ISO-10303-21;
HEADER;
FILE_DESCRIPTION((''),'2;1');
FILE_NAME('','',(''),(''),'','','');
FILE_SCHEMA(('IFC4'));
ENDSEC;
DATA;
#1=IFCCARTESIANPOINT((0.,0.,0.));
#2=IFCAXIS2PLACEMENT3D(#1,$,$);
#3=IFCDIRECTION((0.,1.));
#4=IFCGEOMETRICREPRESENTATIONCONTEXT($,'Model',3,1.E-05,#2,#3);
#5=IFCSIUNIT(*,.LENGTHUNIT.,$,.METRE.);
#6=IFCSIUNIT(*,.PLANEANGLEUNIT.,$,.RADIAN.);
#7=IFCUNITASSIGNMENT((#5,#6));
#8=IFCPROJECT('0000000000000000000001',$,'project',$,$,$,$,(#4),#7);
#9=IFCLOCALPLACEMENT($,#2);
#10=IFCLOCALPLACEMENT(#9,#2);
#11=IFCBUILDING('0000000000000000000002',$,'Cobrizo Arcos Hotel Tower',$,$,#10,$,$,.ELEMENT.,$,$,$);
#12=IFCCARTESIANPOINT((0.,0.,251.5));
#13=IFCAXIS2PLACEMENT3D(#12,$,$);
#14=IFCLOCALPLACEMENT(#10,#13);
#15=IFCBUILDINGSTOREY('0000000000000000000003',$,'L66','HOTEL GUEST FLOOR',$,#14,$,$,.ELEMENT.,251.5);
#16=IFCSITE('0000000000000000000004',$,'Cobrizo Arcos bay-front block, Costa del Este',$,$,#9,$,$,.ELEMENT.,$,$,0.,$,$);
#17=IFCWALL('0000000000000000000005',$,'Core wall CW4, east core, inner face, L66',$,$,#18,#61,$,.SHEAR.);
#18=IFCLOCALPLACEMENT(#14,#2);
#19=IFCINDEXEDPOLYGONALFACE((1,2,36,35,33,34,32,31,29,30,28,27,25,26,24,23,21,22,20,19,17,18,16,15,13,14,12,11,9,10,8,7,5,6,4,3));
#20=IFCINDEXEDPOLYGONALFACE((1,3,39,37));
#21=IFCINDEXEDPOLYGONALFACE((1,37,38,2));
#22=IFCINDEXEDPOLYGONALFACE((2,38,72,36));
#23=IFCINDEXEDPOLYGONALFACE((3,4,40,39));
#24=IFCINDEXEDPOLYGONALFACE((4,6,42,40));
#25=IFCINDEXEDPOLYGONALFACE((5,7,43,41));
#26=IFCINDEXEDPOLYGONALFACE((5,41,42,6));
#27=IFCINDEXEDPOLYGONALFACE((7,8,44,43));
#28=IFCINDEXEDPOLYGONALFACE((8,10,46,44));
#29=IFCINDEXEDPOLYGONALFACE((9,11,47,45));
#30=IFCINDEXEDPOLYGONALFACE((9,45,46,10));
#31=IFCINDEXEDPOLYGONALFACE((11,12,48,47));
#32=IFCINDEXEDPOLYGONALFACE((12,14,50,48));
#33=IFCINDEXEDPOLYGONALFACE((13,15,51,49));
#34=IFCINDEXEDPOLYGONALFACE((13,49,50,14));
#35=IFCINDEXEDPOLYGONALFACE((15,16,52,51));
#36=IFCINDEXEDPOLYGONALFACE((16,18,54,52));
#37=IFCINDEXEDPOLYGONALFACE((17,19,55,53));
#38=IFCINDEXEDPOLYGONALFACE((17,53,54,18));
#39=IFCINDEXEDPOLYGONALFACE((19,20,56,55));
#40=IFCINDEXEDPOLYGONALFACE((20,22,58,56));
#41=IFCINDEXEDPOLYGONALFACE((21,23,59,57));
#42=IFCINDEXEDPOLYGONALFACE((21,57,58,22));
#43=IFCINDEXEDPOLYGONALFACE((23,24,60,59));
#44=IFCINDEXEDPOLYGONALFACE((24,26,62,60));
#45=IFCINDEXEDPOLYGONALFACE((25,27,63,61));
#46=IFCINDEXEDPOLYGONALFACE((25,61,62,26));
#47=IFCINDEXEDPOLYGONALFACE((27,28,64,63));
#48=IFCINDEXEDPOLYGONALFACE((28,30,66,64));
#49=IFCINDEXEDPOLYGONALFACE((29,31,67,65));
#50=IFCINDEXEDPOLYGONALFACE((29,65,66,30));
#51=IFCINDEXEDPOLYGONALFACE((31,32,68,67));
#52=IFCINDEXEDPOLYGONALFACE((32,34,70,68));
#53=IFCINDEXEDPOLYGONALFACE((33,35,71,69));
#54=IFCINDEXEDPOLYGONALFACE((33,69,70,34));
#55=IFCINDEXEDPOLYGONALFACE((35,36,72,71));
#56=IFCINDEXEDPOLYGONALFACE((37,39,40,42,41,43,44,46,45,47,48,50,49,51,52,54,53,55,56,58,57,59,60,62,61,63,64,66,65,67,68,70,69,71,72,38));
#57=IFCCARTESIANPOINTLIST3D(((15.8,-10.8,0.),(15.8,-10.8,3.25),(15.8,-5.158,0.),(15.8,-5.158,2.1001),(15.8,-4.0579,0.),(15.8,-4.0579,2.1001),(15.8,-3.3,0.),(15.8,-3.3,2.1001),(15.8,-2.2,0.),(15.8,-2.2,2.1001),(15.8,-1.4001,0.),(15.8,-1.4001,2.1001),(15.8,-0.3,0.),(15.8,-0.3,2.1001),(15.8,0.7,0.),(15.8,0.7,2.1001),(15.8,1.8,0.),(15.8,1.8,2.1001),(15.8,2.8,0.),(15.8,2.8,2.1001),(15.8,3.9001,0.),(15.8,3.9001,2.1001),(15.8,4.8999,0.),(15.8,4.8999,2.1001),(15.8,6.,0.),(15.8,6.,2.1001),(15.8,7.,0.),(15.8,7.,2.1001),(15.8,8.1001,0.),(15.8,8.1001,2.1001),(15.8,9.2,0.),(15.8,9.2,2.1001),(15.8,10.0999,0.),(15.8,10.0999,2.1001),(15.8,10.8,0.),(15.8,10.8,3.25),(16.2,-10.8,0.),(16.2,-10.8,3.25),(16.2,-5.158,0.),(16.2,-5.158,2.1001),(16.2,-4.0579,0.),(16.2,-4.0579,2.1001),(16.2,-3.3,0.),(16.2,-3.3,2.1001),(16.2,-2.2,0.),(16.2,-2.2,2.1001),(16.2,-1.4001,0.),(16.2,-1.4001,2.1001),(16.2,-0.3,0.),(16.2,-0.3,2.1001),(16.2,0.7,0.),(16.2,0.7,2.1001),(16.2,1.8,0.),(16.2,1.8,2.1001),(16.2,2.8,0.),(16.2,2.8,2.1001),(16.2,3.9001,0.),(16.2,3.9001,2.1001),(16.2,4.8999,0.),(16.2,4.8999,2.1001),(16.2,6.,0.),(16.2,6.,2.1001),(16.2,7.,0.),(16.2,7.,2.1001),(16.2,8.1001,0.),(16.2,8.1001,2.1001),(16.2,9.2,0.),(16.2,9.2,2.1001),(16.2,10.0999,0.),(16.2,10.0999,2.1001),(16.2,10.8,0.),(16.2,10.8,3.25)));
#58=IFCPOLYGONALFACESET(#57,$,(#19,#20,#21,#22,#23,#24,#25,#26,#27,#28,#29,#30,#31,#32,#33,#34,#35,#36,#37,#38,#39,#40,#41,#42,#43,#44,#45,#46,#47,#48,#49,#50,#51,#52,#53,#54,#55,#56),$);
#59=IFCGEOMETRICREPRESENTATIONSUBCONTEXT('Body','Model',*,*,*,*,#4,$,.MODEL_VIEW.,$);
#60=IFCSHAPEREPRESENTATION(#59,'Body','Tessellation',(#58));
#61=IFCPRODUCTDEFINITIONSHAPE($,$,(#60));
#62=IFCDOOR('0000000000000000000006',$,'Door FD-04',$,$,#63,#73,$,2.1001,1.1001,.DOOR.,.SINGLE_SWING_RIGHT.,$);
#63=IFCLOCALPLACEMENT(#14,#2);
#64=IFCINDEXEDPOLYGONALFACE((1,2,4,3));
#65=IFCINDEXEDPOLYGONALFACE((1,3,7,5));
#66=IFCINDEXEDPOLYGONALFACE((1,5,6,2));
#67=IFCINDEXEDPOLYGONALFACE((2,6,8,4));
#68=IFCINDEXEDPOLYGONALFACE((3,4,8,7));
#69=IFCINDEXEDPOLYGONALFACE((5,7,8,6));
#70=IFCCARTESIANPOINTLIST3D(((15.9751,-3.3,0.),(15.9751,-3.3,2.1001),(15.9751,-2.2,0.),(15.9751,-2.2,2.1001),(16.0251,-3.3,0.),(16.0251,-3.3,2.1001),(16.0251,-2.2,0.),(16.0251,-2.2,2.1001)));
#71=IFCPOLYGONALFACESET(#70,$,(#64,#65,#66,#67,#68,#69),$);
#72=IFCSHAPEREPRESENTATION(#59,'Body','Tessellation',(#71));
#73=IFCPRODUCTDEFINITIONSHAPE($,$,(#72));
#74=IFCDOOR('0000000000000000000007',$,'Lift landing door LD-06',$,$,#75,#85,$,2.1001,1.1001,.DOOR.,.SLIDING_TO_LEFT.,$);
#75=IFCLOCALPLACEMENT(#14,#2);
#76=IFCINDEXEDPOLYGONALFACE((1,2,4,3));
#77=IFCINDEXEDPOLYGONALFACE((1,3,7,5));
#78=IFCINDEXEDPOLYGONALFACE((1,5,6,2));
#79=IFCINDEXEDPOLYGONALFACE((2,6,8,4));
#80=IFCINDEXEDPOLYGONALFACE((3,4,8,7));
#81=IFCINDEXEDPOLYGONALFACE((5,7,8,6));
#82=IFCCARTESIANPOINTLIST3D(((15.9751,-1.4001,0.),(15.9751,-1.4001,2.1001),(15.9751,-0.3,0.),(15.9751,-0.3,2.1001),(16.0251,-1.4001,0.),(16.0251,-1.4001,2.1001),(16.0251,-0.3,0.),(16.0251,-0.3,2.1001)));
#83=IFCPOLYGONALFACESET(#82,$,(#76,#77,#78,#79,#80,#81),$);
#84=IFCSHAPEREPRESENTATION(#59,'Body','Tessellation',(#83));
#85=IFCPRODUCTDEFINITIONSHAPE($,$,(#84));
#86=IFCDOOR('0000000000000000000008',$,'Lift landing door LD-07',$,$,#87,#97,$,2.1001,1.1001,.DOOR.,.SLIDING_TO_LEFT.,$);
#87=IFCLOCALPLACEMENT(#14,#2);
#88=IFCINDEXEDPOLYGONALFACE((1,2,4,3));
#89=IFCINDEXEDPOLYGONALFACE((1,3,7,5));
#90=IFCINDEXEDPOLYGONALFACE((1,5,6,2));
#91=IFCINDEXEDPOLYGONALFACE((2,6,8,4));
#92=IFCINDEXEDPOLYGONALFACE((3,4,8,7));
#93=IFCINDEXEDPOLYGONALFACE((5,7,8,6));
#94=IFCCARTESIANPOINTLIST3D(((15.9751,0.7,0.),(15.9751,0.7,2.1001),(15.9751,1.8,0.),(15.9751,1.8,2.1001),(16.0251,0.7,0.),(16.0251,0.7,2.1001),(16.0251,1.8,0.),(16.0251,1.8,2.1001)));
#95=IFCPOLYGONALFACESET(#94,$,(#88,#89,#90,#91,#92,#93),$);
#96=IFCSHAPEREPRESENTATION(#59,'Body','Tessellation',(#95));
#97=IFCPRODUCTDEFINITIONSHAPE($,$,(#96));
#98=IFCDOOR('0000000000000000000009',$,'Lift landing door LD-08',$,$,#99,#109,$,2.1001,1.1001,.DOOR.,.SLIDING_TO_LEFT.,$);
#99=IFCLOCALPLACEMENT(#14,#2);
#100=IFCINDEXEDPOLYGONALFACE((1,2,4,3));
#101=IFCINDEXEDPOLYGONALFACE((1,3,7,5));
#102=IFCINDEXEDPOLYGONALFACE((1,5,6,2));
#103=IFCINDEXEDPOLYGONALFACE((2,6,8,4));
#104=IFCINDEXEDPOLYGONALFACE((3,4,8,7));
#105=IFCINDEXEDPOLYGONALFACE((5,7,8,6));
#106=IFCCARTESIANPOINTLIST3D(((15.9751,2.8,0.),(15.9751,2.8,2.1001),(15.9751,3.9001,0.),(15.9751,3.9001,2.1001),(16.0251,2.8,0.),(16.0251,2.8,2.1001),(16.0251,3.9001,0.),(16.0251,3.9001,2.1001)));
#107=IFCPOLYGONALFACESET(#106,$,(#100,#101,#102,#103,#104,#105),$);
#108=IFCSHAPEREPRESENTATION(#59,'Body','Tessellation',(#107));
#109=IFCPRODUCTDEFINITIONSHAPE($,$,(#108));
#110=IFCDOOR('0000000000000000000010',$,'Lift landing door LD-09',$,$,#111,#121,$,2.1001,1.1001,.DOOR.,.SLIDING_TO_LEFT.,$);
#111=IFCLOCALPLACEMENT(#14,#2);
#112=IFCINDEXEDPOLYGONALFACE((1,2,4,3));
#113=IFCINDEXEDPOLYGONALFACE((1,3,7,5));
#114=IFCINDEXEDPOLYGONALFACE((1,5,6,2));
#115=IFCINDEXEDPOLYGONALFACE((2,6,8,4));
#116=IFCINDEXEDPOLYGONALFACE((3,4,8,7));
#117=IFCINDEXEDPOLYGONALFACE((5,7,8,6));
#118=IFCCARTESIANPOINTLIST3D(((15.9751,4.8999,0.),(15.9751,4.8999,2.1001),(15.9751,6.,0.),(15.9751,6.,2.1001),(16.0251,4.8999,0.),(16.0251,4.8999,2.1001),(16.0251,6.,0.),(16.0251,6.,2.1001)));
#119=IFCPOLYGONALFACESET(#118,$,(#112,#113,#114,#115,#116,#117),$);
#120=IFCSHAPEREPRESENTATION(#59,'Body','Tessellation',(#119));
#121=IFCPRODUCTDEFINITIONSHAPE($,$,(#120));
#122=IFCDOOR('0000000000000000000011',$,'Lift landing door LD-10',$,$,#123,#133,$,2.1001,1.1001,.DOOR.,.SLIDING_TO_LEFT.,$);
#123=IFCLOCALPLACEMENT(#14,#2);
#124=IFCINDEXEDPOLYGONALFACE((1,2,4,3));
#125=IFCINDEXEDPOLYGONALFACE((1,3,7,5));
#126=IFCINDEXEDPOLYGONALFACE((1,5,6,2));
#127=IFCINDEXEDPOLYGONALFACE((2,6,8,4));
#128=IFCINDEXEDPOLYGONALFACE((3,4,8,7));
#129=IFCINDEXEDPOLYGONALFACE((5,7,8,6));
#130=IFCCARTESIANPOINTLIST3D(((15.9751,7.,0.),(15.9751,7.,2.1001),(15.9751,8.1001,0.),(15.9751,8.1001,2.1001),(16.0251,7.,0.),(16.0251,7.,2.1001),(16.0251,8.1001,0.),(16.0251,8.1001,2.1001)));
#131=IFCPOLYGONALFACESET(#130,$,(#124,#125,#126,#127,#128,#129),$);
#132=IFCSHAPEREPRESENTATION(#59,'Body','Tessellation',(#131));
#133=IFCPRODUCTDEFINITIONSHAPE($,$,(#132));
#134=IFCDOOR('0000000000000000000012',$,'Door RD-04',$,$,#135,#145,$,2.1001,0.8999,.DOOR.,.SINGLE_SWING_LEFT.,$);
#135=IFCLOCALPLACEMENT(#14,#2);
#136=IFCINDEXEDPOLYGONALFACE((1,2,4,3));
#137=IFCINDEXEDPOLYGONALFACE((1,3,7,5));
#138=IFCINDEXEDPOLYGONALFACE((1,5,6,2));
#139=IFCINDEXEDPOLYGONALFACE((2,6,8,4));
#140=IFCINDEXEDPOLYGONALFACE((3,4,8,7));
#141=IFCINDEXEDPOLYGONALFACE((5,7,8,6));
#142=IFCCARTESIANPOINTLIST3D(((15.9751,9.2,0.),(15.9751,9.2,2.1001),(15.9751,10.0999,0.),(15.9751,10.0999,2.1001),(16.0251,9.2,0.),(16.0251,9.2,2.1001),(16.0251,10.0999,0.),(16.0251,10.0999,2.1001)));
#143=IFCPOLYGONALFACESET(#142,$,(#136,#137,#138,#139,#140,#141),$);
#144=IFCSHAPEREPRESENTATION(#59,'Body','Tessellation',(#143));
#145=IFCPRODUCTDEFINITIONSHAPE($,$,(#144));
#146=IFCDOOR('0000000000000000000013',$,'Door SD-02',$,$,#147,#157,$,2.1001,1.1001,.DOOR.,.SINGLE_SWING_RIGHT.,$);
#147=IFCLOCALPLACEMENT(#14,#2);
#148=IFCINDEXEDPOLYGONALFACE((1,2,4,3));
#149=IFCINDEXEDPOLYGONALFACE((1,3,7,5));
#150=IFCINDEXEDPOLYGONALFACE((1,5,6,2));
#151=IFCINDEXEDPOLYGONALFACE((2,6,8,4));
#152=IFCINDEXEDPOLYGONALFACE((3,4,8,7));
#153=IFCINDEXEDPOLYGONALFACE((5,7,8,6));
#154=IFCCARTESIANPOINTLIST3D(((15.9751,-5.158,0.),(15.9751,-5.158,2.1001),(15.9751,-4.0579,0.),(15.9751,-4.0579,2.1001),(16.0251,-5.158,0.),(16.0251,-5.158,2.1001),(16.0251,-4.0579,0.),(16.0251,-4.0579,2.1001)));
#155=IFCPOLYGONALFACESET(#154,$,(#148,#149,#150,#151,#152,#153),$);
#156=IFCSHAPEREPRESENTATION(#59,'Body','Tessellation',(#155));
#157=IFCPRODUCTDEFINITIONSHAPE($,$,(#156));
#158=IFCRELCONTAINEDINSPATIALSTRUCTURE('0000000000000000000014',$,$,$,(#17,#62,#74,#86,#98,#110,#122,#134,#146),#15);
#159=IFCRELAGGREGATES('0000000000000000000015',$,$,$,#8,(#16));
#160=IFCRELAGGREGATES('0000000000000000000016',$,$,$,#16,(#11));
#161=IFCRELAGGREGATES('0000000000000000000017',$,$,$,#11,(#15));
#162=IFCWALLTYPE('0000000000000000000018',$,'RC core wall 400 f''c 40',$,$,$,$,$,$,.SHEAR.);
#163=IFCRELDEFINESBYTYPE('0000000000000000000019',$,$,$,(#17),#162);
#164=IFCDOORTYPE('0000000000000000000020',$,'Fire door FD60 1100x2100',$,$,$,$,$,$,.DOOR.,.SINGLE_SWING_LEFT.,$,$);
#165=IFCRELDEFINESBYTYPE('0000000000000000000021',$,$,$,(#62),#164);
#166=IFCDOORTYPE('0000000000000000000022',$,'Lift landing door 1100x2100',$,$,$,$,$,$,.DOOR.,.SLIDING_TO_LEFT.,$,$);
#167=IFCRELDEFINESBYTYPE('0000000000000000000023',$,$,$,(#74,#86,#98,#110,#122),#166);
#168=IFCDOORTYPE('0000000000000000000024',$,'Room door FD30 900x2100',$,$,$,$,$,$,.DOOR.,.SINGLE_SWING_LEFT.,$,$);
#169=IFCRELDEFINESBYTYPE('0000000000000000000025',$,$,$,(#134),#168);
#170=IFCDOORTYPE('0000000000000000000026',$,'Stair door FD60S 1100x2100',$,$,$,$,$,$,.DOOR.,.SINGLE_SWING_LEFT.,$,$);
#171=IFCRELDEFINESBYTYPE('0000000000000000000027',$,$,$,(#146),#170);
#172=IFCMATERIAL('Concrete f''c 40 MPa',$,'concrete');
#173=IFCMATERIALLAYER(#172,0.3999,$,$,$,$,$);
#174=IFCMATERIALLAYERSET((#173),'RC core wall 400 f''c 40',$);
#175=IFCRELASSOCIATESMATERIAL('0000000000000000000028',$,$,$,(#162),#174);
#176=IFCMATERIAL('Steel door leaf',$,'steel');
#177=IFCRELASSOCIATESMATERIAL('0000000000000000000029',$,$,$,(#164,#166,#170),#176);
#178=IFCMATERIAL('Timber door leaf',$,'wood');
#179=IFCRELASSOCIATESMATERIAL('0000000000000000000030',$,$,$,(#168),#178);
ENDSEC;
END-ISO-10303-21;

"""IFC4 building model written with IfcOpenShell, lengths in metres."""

from ifc_helpers import new_model, si_unit, direction, frame, frame_2d, origin, place, context, subcontext, project, spatial, rectangle, extrude, material, layer, layer_set, type_object, element, fill, save


model = new_model("IFC4")

# Units and contexts
model_context = context("Model", 3, precision=1e-05, world=origin(), true_north=direction((0.0, 1.0)))
body_context = subcontext(model_context, "Body", "Model", "MODEL_VIEW")
ifc_project = project(units=[si_unit("LENGTHUNIT", "METRE"), si_unit("PLANEANGLEUNIT", "RADIAN")], contexts=[model_context])

# Site, building, storey
site_placement = place(None, origin())
site = spatial("IfcSite", under=ifc_project, at=site_placement, Name="Cobrizo Arcos bay-front block, Costa del Este", CompositionType="ELEMENT", RefElevation=0.0)
building_placement = place(site_placement, origin())
building = spatial("IfcBuilding", under=site, at=building_placement, Name="Cobrizo Arcos Hotel Tower", CompositionType="ELEMENT")
storey_placement = place(building_placement, frame((0.0, 0.0, 251.5)))
storey = spatial("IfcBuildingStorey", under=building, at=storey_placement, Name="L66", Description="HOTEL GUEST FLOOR", CompositionType="ELEMENT", Elevation=251.5)

# Wall, openings, doors
ifc_material_1 = material(Name="Concrete f'c 40 MPa", Category="concrete")
ifc_layer_1 = layer(ifc_material_1, 0.3999)
ifc_layer_set_1 = layer_set([ifc_layer_1], Name="RC core wall 400 f'c 40")
wall_type_1 = type_object("IfcWallType", Name="RC core wall 400 f'c 40", PredefinedType="SHEAR", material=ifc_layer_set_1)
wall_1_placement = place(storey_placement, frame((16.0, -10.8, 0.0), z_axis=(0.0, 0.0, 1.0), x_axis=(0.0, 1.0, 0.0)))
wall_1 = element("IfcWall", 1, at=wall_1_placement, inside=storey, type_object=wall_type_1, Name="Core wall CW4, east core, inner face, L66", PredefinedType="SHEAR", context=body_context, shape_type="SweptSolid", body=[
    extrude(rectangle(XDim=21.6001, YDim=0.3999, at=frame_2d((10.8, 0.0))), origin(), (0.0, 0.0, 1.0), 3.25),
])
opening_1_placement = place(wall_1_placement, frame((9.3999, 0.0, 0.0)))
opening_1 = element("IfcOpeningElement", 2, at=opening_1_placement, cuts=wall_1, PredefinedType="OPENING", context=body_context, shape_type="SweptSolid", body=[
    extrude(rectangle(XDim=1.1001, YDim=2.1001, at=frame_2d((0.55, 1.05))), frame((0.0, 0.2119, 0.0), z_axis=(0.0, -1.0, 0.0), x_axis=(1.0, 0.0, 0.0)), (0.0, 0.0, 1.0), 0.4238),
])
opening_2_placement = place(wall_1_placement, frame((11.5, 0.0, 0.0)))
opening_2 = element("IfcOpeningElement", 3, at=opening_2_placement, cuts=wall_1, PredefinedType="OPENING", context=body_context, shape_type="SweptSolid", body=[
    extrude(rectangle(XDim=1.1001, YDim=2.1001, at=frame_2d((0.55, 1.05))), frame((0.0, 0.2119, 0.0), z_axis=(0.0, -1.0, 0.0), x_axis=(1.0, 0.0, 0.0)), (0.0, 0.0, 1.0), 0.4238),
])
opening_3_placement = place(wall_1_placement, frame((13.6001, 0.0, 0.0)))
opening_3 = element("IfcOpeningElement", 4, at=opening_3_placement, cuts=wall_1, PredefinedType="OPENING", context=body_context, shape_type="SweptSolid", body=[
    extrude(rectangle(XDim=1.1001, YDim=2.1001, at=frame_2d((0.55, 1.05))), frame((0.0, 0.2119, 0.0), z_axis=(0.0, -1.0, 0.0), x_axis=(1.0, 0.0, 0.0)), (0.0, 0.0, 1.0), 0.4238),
])
opening_4_placement = place(wall_1_placement, frame((15.7, 0.0, 0.0)))
opening_4 = element("IfcOpeningElement", 5, at=opening_4_placement, cuts=wall_1, PredefinedType="OPENING", context=body_context, shape_type="SweptSolid", body=[
    extrude(rectangle(XDim=1.1001, YDim=2.1001, at=frame_2d((0.55, 1.05))), frame((0.0, 0.2119, 0.0), z_axis=(0.0, -1.0, 0.0), x_axis=(1.0, 0.0, 0.0)), (0.0, 0.0, 1.0), 0.4238),
])
opening_5_placement = place(wall_1_placement, frame((17.8, 0.0, 0.0)))
opening_5 = element("IfcOpeningElement", 6, at=opening_5_placement, cuts=wall_1, PredefinedType="OPENING", context=body_context, shape_type="SweptSolid", body=[
    extrude(rectangle(XDim=1.1001, YDim=2.1001, at=frame_2d((0.55, 1.05))), frame((0.0, 0.2119, 0.0), z_axis=(0.0, -1.0, 0.0), x_axis=(1.0, 0.0, 0.0)), (0.0, 0.0, 1.0), 0.4238),
])
opening_6_placement = place(wall_1_placement, frame((5.6421, 0.0, 0.0)))
opening_6 = element("IfcOpeningElement", 7, at=opening_6_placement, cuts=wall_1, PredefinedType="OPENING", context=body_context, shape_type="SweptSolid", body=[
    extrude(rectangle(XDim=1.1001, YDim=2.1001, at=frame_2d((0.55, 1.05))), frame((0.0, 0.2119, 0.0), z_axis=(0.0, -1.0, 0.0), x_axis=(1.0, 0.0, 0.0)), (0.0, 0.0, 1.0), 0.4238),
])
opening_7_placement = place(wall_1_placement, frame((7.5, 0.0, 0.0)))
opening_7 = element("IfcOpeningElement", 8, at=opening_7_placement, cuts=wall_1, PredefinedType="OPENING", context=body_context, shape_type="SweptSolid", body=[
    extrude(rectangle(XDim=1.1001, YDim=2.1001, at=frame_2d((0.55, 1.05))), frame((0.0, 0.2119, 0.0), z_axis=(0.0, -1.0, 0.0), x_axis=(1.0, 0.0, 0.0)), (0.0, 0.0, 1.0), 0.4238),
])
opening_8_placement = place(wall_1_placement, frame((20.0, 0.0, 0.0)))
opening_8 = element("IfcOpeningElement", 9, at=opening_8_placement, cuts=wall_1, PredefinedType="OPENING", context=body_context, shape_type="SweptSolid", body=[
    extrude(rectangle(XDim=0.8999, YDim=2.1001, at=frame_2d((0.45, 1.05))), frame((0.0, 0.2119, 0.0), z_axis=(0.0, -1.0, 0.0), x_axis=(1.0, 0.0, 0.0)), (0.0, 0.0, 1.0), 0.4238),
])
ifc_material_2 = material(Name="Steel door leaf", Category="steel")
door_type_1 = type_object("IfcDoorType", Name="Fire door FD60 1100x2100", OperationType="SINGLE_SWING_LEFT", PredefinedType="DOOR", material=ifc_material_2)
door_1_placement = place(opening_7_placement, origin())
door_1 = element("IfcDoor", 10, at=door_1_placement, inside=storey, type_object=door_type_1, Name="Door FD-04", OperationType="SINGLE_SWING_RIGHT", OverallHeight=2.1001, OverallWidth=1.1001, PredefinedType="DOOR", context=body_context, shape_type="SweptSolid", body=[
    extrude(rectangle(XDim=1.1001, YDim=2.1001, at=frame_2d((0.55, 1.05))), frame((0.0, 0.0249, 0.0), z_axis=(0.0, -1.0, 0.0), x_axis=(1.0, 0.0, 0.0)), (0.0, 0.0, 1.0), 0.05),
])
fill(opening_7, door_1)
door_type_2 = type_object("IfcDoorType", Name="Lift landing door 1100x2100", OperationType="SLIDING_TO_LEFT", PredefinedType="DOOR", material=ifc_material_2)
door_2_placement = place(opening_1_placement, origin())
door_2 = element("IfcDoor", 11, at=door_2_placement, inside=storey, type_object=door_type_2, Name="Lift landing door LD-06", OperationType="SLIDING_TO_LEFT", OverallHeight=2.1001, OverallWidth=1.1001, PredefinedType="DOOR", context=body_context, shape_type="SweptSolid", body=[
    extrude(rectangle(XDim=1.1001, YDim=2.1001, at=frame_2d((0.55, 1.05))), frame((0.0, 0.0249, 0.0), z_axis=(0.0, -1.0, 0.0), x_axis=(1.0, 0.0, 0.0)), (0.0, 0.0, 1.0), 0.05),
])
fill(opening_1, door_2)
door_3_placement = place(opening_2_placement, origin())
door_3 = element("IfcDoor", 12, at=door_3_placement, inside=storey, type_object=door_type_2, Name="Lift landing door LD-07", OperationType="SLIDING_TO_LEFT", OverallHeight=2.1001, OverallWidth=1.1001, PredefinedType="DOOR", context=body_context, shape_type="SweptSolid", body=[
    extrude(rectangle(XDim=1.1001, YDim=2.1001, at=frame_2d((0.55, 1.05))), frame((0.0, 0.0249, 0.0), z_axis=(0.0, -1.0, 0.0), x_axis=(1.0, 0.0, 0.0)), (0.0, 0.0, 1.0), 0.05),
])
fill(opening_2, door_3)
door_4_placement = place(opening_3_placement, origin())
door_4 = element("IfcDoor", 13, at=door_4_placement, inside=storey, type_object=door_type_2, Name="Lift landing door LD-08", OperationType="SLIDING_TO_LEFT", OverallHeight=2.1001, OverallWidth=1.1001, PredefinedType="DOOR", context=body_context, shape_type="SweptSolid", body=[
    extrude(rectangle(XDim=1.1001, YDim=2.1001, at=frame_2d((0.55, 1.05))), frame((0.0, 0.0249, 0.0), z_axis=(0.0, -1.0, 0.0), x_axis=(1.0, 0.0, 0.0)), (0.0, 0.0, 1.0), 0.05),
])
fill(opening_3, door_4)
door_5_placement = place(opening_4_placement, origin())
door_5 = element("IfcDoor", 14, at=door_5_placement, inside=storey, type_object=door_type_2, Name="Lift landing door LD-09", OperationType="SLIDING_TO_LEFT", OverallHeight=2.1001, OverallWidth=1.1001, PredefinedType="DOOR", context=body_context, shape_type="SweptSolid", body=[
    extrude(rectangle(XDim=1.1001, YDim=2.1001, at=frame_2d((0.55, 1.05))), frame((0.0, 0.0249, 0.0), z_axis=(0.0, -1.0, 0.0), x_axis=(1.0, 0.0, 0.0)), (0.0, 0.0, 1.0), 0.05),
])
fill(opening_4, door_5)
door_6_placement = place(opening_5_placement, origin())
door_6 = element("IfcDoor", 15, at=door_6_placement, inside=storey, type_object=door_type_2, Name="Lift landing door LD-10", OperationType="SLIDING_TO_LEFT", OverallHeight=2.1001, OverallWidth=1.1001, PredefinedType="DOOR", context=body_context, shape_type="SweptSolid", body=[
    extrude(rectangle(XDim=1.1001, YDim=2.1001, at=frame_2d((0.55, 1.05))), frame((0.0, 0.0249, 0.0), z_axis=(0.0, -1.0, 0.0), x_axis=(1.0, 0.0, 0.0)), (0.0, 0.0, 1.0), 0.05),
])
fill(opening_5, door_6)
ifc_material_3 = material(Name="Timber door leaf", Category="wood")
door_type_3 = type_object("IfcDoorType", Name="Room door FD30 900x2100", OperationType="SINGLE_SWING_LEFT", PredefinedType="DOOR", material=ifc_material_3)
door_7_placement = place(opening_8_placement, origin())
door_7 = element("IfcDoor", 16, at=door_7_placement, inside=storey, type_object=door_type_3, Name="Door RD-04", OperationType="SINGLE_SWING_LEFT", OverallHeight=2.1001, OverallWidth=0.8999, PredefinedType="DOOR", context=body_context, shape_type="SweptSolid", body=[
    extrude(rectangle(XDim=0.8999, YDim=2.1001, at=frame_2d((0.45, 1.05))), frame((0.0, 0.0249, 0.0), z_axis=(0.0, -1.0, 0.0), x_axis=(1.0, 0.0, 0.0)), (0.0, 0.0, 1.0), 0.05),
])
fill(opening_8, door_7)
door_type_4 = type_object("IfcDoorType", Name="Stair door FD60S 1100x2100", OperationType="SINGLE_SWING_LEFT", PredefinedType="DOOR", material=ifc_material_2)
door_8_placement = place(opening_6_placement, origin())
door_8 = element("IfcDoor", 17, at=door_8_placement, inside=storey, type_object=door_type_4, Name="Door SD-02", OperationType="SINGLE_SWING_RIGHT", OverallHeight=2.1001, OverallWidth=1.1001, PredefinedType="DOOR", context=body_context, shape_type="SweptSolid", body=[
    extrude(rectangle(XDim=1.1001, YDim=2.1001, at=frame_2d((0.55, 1.05))), frame((0.0, 0.0249, 0.0), z_axis=(0.0, -1.0, 0.0), x_axis=(1.0, 0.0, 0.0)), (0.0, 0.0, 1.0), 0.05),
])
fill(opening_6, door_8)

save(model, "model.ifc")
